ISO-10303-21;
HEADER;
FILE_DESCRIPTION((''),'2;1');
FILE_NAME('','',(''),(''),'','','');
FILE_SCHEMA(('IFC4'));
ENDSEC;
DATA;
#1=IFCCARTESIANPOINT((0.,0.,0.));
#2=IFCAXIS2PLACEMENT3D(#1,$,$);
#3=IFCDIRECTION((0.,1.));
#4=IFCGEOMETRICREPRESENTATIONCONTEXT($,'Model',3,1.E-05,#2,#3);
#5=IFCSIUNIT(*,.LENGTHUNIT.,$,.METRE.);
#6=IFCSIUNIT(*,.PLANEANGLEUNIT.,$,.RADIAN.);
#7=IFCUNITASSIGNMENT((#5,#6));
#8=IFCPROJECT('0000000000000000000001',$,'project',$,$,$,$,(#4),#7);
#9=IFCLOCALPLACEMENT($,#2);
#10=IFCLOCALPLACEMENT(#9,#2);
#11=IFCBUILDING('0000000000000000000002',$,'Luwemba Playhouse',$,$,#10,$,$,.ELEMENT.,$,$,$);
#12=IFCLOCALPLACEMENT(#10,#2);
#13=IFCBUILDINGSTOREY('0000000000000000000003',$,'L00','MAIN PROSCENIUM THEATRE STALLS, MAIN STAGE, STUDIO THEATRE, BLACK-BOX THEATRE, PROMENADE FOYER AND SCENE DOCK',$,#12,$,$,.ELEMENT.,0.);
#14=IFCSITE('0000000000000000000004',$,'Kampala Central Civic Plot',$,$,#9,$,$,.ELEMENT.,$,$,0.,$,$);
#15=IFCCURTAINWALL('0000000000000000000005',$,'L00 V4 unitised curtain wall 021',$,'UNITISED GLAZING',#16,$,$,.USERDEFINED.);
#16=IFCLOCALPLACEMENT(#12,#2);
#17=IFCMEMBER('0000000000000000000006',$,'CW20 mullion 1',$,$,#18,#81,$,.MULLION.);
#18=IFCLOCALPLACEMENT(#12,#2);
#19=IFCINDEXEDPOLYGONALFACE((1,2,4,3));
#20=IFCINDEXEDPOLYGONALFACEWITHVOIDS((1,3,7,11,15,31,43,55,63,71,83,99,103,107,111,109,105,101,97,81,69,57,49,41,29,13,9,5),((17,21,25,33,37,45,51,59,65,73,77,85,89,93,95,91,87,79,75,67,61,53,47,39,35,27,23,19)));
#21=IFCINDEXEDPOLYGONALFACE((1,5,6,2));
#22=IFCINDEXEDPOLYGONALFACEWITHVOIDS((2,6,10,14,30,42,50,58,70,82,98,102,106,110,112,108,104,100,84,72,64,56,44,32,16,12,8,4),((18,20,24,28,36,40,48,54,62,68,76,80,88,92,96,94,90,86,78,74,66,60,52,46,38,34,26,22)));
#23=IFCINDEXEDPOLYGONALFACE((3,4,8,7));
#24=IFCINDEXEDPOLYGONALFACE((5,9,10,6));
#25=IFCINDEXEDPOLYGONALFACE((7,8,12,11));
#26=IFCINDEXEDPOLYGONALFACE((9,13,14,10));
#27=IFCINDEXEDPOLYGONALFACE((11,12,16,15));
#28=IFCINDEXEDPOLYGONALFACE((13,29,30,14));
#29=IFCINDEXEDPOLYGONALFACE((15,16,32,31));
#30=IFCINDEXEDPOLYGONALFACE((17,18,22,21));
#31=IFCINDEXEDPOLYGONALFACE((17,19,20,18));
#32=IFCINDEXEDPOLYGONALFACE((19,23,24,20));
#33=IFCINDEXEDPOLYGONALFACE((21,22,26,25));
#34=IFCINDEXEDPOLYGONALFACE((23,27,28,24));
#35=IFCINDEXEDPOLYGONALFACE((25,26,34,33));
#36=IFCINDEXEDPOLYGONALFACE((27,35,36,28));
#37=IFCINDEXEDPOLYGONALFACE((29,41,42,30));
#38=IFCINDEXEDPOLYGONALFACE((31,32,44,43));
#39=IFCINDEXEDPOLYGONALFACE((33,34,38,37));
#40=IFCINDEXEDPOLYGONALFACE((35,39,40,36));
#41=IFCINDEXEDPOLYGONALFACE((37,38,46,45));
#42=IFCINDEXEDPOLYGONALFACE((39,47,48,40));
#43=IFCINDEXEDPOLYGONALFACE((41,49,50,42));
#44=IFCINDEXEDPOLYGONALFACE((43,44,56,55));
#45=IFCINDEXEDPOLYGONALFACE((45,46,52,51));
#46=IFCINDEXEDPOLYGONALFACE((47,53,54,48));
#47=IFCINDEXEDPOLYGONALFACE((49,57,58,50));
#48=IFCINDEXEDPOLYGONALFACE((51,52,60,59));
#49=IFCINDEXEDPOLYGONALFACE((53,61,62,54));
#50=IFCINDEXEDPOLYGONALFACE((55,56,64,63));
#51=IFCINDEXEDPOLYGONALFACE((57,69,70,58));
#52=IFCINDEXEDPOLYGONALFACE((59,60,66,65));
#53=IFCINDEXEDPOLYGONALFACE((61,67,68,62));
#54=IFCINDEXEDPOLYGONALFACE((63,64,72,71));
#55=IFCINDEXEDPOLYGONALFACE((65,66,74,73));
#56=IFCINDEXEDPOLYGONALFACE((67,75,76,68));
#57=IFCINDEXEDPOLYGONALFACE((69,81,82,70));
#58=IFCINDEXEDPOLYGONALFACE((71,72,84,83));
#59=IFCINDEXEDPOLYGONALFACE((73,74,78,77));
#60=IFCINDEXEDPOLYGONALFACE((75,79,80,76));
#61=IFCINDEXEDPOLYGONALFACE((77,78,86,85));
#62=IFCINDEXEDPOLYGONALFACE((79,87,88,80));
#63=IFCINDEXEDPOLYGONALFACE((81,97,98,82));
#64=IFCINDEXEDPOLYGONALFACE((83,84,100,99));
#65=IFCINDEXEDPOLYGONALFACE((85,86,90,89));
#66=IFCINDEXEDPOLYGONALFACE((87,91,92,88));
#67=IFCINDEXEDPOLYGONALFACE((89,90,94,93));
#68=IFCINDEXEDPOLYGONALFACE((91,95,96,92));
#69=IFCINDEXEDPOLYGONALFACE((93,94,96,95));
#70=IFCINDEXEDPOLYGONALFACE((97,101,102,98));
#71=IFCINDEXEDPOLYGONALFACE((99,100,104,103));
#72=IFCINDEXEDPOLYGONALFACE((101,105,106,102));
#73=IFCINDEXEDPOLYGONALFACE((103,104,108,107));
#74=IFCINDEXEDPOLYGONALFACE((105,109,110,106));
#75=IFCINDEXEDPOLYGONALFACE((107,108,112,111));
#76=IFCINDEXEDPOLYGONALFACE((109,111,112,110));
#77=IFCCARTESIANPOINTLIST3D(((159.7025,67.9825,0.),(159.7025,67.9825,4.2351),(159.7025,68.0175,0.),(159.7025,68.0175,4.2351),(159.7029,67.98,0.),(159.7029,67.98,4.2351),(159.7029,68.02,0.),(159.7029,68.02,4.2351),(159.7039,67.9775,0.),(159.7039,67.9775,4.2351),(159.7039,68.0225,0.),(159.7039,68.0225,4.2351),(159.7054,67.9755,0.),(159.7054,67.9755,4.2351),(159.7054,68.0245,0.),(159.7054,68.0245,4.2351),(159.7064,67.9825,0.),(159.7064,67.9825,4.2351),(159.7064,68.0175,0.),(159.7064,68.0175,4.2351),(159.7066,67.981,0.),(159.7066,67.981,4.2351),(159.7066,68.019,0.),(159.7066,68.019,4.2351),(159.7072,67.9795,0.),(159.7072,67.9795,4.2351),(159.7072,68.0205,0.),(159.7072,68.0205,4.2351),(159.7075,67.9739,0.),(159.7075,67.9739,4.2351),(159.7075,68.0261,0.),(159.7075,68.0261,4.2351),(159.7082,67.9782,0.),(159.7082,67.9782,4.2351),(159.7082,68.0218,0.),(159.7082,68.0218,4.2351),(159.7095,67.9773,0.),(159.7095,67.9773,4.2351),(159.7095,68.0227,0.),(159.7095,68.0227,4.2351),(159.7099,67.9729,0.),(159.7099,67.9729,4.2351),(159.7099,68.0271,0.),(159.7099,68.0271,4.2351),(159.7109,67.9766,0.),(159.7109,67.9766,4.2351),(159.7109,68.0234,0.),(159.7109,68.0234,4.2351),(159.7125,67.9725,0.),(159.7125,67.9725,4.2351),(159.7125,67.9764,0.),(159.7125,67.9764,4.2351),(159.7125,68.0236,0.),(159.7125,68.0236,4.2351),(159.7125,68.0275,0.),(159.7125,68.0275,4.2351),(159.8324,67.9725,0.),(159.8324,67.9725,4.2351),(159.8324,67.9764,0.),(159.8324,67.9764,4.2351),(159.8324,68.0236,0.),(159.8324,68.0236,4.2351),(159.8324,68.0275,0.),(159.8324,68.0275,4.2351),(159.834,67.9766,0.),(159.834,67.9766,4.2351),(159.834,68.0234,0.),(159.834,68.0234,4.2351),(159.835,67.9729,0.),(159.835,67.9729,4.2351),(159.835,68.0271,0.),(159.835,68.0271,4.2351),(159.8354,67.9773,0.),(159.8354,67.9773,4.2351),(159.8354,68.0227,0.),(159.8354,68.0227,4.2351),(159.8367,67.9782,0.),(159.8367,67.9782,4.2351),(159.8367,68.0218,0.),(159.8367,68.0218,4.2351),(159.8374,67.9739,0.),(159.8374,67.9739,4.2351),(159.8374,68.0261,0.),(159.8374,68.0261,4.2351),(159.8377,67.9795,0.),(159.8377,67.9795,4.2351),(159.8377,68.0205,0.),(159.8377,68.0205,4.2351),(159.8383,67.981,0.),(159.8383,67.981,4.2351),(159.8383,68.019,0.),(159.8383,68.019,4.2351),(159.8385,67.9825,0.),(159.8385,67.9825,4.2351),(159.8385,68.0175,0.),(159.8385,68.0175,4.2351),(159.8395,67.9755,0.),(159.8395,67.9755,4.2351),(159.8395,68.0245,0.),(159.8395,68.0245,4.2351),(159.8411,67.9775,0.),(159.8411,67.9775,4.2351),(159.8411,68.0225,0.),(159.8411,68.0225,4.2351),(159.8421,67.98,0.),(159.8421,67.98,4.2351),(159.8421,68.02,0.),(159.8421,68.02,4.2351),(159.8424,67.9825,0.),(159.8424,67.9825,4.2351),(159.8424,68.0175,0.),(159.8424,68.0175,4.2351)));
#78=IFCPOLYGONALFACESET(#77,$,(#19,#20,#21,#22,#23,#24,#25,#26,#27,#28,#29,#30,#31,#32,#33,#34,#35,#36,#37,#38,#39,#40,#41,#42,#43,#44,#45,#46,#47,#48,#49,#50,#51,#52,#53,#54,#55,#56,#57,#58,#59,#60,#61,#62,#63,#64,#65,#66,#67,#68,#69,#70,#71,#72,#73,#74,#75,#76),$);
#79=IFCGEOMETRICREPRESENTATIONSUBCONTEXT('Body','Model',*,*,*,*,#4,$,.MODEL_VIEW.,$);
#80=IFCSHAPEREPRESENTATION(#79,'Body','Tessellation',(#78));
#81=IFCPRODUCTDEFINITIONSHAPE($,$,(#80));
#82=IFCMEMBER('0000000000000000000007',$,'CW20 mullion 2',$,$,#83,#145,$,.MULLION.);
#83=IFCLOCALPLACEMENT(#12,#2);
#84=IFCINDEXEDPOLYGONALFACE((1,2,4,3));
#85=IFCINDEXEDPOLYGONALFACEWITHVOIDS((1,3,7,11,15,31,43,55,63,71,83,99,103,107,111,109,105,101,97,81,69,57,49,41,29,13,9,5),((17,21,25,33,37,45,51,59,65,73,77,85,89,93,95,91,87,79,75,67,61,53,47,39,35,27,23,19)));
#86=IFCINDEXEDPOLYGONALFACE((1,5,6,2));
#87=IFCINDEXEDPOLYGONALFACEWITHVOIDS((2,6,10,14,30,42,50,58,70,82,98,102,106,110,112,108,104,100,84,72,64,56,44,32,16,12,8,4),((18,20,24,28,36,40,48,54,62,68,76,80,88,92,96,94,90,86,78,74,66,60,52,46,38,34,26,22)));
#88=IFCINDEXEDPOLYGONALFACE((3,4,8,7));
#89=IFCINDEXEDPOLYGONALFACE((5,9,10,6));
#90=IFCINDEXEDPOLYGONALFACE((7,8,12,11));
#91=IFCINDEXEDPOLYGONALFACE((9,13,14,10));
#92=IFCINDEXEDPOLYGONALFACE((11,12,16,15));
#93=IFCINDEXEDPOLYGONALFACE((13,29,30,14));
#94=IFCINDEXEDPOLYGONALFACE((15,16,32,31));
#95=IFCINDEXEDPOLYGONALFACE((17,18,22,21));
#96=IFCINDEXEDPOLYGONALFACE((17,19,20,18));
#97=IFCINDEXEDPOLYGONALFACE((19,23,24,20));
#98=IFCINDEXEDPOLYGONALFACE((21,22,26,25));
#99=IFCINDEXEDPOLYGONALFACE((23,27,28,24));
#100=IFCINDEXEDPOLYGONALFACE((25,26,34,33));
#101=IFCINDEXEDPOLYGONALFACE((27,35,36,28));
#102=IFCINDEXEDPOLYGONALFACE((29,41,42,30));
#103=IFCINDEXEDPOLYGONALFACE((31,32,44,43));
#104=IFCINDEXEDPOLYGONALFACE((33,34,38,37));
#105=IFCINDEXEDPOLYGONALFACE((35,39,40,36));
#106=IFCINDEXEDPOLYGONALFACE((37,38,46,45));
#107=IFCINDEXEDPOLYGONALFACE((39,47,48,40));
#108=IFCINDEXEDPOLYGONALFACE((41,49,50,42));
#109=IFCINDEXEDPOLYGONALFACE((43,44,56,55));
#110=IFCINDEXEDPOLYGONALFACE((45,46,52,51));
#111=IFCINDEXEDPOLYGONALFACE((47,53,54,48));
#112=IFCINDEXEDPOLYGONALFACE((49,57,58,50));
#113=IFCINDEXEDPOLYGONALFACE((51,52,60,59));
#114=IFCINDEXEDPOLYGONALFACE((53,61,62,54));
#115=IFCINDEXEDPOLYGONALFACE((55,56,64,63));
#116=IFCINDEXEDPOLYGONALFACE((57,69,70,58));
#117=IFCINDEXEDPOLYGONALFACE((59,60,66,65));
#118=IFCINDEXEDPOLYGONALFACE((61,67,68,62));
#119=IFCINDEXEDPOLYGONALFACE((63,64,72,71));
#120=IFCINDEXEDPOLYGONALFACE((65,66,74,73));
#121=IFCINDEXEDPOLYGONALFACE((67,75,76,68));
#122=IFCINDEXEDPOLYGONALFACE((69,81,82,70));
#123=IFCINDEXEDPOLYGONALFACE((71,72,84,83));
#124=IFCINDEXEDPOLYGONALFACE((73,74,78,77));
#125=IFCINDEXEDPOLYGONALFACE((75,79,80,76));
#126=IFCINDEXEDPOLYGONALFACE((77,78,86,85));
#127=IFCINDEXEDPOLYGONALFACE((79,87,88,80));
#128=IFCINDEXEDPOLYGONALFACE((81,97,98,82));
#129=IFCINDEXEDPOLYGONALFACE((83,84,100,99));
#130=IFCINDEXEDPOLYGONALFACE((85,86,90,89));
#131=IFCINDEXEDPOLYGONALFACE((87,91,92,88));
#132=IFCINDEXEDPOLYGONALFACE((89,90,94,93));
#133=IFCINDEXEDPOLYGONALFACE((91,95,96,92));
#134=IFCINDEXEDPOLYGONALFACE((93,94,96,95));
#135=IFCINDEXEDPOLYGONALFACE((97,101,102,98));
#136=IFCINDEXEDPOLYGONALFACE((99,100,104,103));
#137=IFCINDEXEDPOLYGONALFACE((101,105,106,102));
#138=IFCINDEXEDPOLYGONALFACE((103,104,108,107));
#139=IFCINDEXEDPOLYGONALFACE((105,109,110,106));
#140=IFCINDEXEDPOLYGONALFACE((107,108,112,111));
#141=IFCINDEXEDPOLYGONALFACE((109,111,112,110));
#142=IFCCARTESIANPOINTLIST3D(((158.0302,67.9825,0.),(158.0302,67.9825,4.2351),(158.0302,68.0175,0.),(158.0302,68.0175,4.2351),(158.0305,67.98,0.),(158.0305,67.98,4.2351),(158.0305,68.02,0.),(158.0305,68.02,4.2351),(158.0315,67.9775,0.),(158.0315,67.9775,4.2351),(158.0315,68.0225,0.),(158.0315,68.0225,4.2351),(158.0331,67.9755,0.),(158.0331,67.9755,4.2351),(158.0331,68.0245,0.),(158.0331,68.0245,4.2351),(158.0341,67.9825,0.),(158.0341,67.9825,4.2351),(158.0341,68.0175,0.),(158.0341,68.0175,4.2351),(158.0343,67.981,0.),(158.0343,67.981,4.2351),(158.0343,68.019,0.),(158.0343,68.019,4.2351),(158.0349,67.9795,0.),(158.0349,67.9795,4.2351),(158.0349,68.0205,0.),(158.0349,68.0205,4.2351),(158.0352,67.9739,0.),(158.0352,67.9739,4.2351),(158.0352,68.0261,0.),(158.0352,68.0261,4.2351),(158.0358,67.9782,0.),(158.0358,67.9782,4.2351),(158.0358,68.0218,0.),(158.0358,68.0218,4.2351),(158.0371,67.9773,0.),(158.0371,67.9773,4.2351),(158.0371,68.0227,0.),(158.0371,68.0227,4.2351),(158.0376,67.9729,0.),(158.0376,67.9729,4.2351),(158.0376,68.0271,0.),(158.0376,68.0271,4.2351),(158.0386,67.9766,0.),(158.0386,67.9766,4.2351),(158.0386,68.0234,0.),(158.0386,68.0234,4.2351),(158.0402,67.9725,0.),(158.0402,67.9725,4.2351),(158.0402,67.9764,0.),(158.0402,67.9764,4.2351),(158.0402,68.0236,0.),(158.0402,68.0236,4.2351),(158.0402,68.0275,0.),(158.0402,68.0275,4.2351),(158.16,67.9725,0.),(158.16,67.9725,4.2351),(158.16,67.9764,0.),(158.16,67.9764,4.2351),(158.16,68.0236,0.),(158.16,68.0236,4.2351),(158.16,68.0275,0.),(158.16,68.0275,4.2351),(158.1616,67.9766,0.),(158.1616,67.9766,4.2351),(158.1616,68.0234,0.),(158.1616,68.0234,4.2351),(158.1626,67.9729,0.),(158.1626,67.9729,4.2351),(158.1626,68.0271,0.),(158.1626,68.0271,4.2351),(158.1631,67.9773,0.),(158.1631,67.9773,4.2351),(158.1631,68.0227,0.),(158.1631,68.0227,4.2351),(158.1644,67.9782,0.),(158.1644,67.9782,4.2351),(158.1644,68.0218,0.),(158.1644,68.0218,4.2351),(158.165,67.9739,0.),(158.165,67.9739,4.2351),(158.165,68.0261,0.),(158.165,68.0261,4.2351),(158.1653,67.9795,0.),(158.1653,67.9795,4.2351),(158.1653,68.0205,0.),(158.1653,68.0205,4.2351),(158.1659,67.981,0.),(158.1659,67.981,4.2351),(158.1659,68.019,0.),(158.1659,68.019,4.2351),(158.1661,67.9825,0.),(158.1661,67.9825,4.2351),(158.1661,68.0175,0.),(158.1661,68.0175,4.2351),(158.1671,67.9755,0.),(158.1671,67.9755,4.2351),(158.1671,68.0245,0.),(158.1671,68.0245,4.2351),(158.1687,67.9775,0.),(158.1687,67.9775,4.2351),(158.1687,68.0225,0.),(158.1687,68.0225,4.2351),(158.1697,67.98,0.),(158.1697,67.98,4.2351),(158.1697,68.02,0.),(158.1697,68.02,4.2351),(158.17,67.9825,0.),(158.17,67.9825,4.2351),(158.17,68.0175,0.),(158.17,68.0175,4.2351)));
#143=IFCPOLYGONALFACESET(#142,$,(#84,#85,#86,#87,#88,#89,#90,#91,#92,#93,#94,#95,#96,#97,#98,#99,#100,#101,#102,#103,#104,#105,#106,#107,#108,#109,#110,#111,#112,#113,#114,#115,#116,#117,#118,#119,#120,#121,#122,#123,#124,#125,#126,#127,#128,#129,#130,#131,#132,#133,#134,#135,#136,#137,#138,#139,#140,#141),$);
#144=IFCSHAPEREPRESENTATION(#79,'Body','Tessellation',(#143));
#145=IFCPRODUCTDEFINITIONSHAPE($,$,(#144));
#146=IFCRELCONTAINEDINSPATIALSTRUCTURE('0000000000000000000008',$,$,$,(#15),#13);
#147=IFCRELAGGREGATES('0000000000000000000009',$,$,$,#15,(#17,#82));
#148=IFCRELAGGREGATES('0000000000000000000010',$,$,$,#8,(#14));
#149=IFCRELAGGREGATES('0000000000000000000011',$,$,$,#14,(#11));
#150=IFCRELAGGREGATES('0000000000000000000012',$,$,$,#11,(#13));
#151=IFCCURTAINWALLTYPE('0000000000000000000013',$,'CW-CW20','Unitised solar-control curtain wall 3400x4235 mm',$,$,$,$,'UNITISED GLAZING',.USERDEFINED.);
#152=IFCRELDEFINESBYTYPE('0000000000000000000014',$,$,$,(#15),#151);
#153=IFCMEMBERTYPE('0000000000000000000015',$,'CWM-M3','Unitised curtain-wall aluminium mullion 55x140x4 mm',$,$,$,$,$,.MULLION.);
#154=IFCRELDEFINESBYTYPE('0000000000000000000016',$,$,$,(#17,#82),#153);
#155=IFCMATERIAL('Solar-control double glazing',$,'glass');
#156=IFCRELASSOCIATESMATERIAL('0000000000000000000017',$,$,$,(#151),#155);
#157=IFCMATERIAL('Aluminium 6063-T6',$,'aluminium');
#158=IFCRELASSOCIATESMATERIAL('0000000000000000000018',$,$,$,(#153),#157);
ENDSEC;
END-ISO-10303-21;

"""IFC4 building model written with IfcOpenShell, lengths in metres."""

from ifc_helpers import new_model, si_unit, direction, frame, origin, origin_2d, place, context, subcontext, project, spatial, hollow_rectangle, extrude, material, material_profile, profile_set, type_object, element, aggregate, save


model = new_model("IFC4")

# Units and contexts
model_context = context("Model", 3, precision=1e-05, world=origin(), true_north=direction((0.0, 1.0)))
body_context = subcontext(model_context, "Body", "Model", "MODEL_VIEW")
ifc_project = project(units=[si_unit("LENGTHUNIT", "METRE"), si_unit("PLANEANGLEUNIT", "RADIAN")], contexts=[model_context])

# Site, building, storey
site_placement = place(None, origin())
site = spatial("IfcSite", under=ifc_project, at=site_placement, Name="Kampala Central Civic Plot", CompositionType="ELEMENT", RefElevation=0.0)
building_placement = place(site_placement, origin())
building = spatial("IfcBuilding", under=site, at=building_placement, Name="Luwemba Playhouse", CompositionType="ELEMENT")
storey_placement = place(building_placement, origin())
storey = spatial("IfcBuildingStorey", under=building, at=storey_placement, Name="L00", Description="MAIN PROSCENIUM THEATRE STALLS, MAIN STAGE, STUDIO THEATRE, BLACK-BOX THEATRE, PROMENADE FOYER AND SCENE DOCK", CompositionType="ELEMENT", Elevation=0.0)

# Shared definitions
ifc_material_1 = material(Name="Solar-control double glazing", Category="glass")
ifc_material_2 = material(Name="Aluminium 6063-T6", Category="aluminium")

# Curtain wall, members
curtain_wall_type_1 = type_object("IfcCurtainWallType", Name="CW-CW20", Description="Unitised solar-control curtain wall 3400x4235 mm", ElementType="UNITISED GLAZING", PredefinedType="USERDEFINED", material=ifc_material_1)
curtain_wall_1_placement = place(storey_placement, origin())
curtain_wall_1 = element("IfcCurtainWall", 1, at=curtain_wall_1_placement, inside=storey, type_object=curtain_wall_type_1, Name="L00 V4 unitised curtain wall 021", ObjectType="UNITISED GLAZING", PredefinedType="USERDEFINED")
ifc_material_profile_1 = material_profile(ifc_material_2, hollow_rectangle(XDim=0.0549, YDim=0.1399, WallThickness=0.0039, InnerFilletRadius=0.0061, OuterFilletRadius=0.01, at=origin_2d()))
ifc_profile_set_1 = profile_set([ifc_material_profile_1], Name="Aluminium 6063-T6")
member_type_1 = type_object("IfcMemberType", Name="CWM-M3", Description="Unitised curtain-wall aluminium mullion 55x140x4 mm", PredefinedType="MULLION", material=ifc_profile_set_1)
member_1_placement = place(storey_placement, frame((159.7725, 68.0, 0.0), z_axis=(0.0, 0.0, 1.0), x_axis=(0.0, -1.0, 0.0)))
member_1 = element("IfcMember", 2, at=member_1_placement, type_object=member_type_1, Name="CW20 mullion 1", PredefinedType="MULLION", context=body_context, shape_type="SweptSolid", body=[
    extrude(hollow_rectangle(XDim=0.0549, YDim=0.1399, WallThickness=0.0039, InnerFilletRadius=0.0061, OuterFilletRadius=0.01, at=origin_2d()), origin(), (0.0, 0.0, 1.0), 4.2351),
])
member_2_placement = place(storey_placement, frame((158.1001, 68.0, 0.0), z_axis=(0.0, 0.0, 1.0), x_axis=(0.0, -1.0, 0.0)))
member_2 = element("IfcMember", 3, at=member_2_placement, type_object=member_type_1, Name="CW20 mullion 2", PredefinedType="MULLION", context=body_context, shape_type="SweptSolid", body=[
    extrude(hollow_rectangle(XDim=0.0549, YDim=0.1399, WallThickness=0.0039, InnerFilletRadius=0.0061, OuterFilletRadius=0.01, at=origin_2d()), origin(), (0.0, 0.0, 1.0), 4.2351),
])

aggregate(curtain_wall_1, [member_1, member_2])

save(model, "model.ifc")
